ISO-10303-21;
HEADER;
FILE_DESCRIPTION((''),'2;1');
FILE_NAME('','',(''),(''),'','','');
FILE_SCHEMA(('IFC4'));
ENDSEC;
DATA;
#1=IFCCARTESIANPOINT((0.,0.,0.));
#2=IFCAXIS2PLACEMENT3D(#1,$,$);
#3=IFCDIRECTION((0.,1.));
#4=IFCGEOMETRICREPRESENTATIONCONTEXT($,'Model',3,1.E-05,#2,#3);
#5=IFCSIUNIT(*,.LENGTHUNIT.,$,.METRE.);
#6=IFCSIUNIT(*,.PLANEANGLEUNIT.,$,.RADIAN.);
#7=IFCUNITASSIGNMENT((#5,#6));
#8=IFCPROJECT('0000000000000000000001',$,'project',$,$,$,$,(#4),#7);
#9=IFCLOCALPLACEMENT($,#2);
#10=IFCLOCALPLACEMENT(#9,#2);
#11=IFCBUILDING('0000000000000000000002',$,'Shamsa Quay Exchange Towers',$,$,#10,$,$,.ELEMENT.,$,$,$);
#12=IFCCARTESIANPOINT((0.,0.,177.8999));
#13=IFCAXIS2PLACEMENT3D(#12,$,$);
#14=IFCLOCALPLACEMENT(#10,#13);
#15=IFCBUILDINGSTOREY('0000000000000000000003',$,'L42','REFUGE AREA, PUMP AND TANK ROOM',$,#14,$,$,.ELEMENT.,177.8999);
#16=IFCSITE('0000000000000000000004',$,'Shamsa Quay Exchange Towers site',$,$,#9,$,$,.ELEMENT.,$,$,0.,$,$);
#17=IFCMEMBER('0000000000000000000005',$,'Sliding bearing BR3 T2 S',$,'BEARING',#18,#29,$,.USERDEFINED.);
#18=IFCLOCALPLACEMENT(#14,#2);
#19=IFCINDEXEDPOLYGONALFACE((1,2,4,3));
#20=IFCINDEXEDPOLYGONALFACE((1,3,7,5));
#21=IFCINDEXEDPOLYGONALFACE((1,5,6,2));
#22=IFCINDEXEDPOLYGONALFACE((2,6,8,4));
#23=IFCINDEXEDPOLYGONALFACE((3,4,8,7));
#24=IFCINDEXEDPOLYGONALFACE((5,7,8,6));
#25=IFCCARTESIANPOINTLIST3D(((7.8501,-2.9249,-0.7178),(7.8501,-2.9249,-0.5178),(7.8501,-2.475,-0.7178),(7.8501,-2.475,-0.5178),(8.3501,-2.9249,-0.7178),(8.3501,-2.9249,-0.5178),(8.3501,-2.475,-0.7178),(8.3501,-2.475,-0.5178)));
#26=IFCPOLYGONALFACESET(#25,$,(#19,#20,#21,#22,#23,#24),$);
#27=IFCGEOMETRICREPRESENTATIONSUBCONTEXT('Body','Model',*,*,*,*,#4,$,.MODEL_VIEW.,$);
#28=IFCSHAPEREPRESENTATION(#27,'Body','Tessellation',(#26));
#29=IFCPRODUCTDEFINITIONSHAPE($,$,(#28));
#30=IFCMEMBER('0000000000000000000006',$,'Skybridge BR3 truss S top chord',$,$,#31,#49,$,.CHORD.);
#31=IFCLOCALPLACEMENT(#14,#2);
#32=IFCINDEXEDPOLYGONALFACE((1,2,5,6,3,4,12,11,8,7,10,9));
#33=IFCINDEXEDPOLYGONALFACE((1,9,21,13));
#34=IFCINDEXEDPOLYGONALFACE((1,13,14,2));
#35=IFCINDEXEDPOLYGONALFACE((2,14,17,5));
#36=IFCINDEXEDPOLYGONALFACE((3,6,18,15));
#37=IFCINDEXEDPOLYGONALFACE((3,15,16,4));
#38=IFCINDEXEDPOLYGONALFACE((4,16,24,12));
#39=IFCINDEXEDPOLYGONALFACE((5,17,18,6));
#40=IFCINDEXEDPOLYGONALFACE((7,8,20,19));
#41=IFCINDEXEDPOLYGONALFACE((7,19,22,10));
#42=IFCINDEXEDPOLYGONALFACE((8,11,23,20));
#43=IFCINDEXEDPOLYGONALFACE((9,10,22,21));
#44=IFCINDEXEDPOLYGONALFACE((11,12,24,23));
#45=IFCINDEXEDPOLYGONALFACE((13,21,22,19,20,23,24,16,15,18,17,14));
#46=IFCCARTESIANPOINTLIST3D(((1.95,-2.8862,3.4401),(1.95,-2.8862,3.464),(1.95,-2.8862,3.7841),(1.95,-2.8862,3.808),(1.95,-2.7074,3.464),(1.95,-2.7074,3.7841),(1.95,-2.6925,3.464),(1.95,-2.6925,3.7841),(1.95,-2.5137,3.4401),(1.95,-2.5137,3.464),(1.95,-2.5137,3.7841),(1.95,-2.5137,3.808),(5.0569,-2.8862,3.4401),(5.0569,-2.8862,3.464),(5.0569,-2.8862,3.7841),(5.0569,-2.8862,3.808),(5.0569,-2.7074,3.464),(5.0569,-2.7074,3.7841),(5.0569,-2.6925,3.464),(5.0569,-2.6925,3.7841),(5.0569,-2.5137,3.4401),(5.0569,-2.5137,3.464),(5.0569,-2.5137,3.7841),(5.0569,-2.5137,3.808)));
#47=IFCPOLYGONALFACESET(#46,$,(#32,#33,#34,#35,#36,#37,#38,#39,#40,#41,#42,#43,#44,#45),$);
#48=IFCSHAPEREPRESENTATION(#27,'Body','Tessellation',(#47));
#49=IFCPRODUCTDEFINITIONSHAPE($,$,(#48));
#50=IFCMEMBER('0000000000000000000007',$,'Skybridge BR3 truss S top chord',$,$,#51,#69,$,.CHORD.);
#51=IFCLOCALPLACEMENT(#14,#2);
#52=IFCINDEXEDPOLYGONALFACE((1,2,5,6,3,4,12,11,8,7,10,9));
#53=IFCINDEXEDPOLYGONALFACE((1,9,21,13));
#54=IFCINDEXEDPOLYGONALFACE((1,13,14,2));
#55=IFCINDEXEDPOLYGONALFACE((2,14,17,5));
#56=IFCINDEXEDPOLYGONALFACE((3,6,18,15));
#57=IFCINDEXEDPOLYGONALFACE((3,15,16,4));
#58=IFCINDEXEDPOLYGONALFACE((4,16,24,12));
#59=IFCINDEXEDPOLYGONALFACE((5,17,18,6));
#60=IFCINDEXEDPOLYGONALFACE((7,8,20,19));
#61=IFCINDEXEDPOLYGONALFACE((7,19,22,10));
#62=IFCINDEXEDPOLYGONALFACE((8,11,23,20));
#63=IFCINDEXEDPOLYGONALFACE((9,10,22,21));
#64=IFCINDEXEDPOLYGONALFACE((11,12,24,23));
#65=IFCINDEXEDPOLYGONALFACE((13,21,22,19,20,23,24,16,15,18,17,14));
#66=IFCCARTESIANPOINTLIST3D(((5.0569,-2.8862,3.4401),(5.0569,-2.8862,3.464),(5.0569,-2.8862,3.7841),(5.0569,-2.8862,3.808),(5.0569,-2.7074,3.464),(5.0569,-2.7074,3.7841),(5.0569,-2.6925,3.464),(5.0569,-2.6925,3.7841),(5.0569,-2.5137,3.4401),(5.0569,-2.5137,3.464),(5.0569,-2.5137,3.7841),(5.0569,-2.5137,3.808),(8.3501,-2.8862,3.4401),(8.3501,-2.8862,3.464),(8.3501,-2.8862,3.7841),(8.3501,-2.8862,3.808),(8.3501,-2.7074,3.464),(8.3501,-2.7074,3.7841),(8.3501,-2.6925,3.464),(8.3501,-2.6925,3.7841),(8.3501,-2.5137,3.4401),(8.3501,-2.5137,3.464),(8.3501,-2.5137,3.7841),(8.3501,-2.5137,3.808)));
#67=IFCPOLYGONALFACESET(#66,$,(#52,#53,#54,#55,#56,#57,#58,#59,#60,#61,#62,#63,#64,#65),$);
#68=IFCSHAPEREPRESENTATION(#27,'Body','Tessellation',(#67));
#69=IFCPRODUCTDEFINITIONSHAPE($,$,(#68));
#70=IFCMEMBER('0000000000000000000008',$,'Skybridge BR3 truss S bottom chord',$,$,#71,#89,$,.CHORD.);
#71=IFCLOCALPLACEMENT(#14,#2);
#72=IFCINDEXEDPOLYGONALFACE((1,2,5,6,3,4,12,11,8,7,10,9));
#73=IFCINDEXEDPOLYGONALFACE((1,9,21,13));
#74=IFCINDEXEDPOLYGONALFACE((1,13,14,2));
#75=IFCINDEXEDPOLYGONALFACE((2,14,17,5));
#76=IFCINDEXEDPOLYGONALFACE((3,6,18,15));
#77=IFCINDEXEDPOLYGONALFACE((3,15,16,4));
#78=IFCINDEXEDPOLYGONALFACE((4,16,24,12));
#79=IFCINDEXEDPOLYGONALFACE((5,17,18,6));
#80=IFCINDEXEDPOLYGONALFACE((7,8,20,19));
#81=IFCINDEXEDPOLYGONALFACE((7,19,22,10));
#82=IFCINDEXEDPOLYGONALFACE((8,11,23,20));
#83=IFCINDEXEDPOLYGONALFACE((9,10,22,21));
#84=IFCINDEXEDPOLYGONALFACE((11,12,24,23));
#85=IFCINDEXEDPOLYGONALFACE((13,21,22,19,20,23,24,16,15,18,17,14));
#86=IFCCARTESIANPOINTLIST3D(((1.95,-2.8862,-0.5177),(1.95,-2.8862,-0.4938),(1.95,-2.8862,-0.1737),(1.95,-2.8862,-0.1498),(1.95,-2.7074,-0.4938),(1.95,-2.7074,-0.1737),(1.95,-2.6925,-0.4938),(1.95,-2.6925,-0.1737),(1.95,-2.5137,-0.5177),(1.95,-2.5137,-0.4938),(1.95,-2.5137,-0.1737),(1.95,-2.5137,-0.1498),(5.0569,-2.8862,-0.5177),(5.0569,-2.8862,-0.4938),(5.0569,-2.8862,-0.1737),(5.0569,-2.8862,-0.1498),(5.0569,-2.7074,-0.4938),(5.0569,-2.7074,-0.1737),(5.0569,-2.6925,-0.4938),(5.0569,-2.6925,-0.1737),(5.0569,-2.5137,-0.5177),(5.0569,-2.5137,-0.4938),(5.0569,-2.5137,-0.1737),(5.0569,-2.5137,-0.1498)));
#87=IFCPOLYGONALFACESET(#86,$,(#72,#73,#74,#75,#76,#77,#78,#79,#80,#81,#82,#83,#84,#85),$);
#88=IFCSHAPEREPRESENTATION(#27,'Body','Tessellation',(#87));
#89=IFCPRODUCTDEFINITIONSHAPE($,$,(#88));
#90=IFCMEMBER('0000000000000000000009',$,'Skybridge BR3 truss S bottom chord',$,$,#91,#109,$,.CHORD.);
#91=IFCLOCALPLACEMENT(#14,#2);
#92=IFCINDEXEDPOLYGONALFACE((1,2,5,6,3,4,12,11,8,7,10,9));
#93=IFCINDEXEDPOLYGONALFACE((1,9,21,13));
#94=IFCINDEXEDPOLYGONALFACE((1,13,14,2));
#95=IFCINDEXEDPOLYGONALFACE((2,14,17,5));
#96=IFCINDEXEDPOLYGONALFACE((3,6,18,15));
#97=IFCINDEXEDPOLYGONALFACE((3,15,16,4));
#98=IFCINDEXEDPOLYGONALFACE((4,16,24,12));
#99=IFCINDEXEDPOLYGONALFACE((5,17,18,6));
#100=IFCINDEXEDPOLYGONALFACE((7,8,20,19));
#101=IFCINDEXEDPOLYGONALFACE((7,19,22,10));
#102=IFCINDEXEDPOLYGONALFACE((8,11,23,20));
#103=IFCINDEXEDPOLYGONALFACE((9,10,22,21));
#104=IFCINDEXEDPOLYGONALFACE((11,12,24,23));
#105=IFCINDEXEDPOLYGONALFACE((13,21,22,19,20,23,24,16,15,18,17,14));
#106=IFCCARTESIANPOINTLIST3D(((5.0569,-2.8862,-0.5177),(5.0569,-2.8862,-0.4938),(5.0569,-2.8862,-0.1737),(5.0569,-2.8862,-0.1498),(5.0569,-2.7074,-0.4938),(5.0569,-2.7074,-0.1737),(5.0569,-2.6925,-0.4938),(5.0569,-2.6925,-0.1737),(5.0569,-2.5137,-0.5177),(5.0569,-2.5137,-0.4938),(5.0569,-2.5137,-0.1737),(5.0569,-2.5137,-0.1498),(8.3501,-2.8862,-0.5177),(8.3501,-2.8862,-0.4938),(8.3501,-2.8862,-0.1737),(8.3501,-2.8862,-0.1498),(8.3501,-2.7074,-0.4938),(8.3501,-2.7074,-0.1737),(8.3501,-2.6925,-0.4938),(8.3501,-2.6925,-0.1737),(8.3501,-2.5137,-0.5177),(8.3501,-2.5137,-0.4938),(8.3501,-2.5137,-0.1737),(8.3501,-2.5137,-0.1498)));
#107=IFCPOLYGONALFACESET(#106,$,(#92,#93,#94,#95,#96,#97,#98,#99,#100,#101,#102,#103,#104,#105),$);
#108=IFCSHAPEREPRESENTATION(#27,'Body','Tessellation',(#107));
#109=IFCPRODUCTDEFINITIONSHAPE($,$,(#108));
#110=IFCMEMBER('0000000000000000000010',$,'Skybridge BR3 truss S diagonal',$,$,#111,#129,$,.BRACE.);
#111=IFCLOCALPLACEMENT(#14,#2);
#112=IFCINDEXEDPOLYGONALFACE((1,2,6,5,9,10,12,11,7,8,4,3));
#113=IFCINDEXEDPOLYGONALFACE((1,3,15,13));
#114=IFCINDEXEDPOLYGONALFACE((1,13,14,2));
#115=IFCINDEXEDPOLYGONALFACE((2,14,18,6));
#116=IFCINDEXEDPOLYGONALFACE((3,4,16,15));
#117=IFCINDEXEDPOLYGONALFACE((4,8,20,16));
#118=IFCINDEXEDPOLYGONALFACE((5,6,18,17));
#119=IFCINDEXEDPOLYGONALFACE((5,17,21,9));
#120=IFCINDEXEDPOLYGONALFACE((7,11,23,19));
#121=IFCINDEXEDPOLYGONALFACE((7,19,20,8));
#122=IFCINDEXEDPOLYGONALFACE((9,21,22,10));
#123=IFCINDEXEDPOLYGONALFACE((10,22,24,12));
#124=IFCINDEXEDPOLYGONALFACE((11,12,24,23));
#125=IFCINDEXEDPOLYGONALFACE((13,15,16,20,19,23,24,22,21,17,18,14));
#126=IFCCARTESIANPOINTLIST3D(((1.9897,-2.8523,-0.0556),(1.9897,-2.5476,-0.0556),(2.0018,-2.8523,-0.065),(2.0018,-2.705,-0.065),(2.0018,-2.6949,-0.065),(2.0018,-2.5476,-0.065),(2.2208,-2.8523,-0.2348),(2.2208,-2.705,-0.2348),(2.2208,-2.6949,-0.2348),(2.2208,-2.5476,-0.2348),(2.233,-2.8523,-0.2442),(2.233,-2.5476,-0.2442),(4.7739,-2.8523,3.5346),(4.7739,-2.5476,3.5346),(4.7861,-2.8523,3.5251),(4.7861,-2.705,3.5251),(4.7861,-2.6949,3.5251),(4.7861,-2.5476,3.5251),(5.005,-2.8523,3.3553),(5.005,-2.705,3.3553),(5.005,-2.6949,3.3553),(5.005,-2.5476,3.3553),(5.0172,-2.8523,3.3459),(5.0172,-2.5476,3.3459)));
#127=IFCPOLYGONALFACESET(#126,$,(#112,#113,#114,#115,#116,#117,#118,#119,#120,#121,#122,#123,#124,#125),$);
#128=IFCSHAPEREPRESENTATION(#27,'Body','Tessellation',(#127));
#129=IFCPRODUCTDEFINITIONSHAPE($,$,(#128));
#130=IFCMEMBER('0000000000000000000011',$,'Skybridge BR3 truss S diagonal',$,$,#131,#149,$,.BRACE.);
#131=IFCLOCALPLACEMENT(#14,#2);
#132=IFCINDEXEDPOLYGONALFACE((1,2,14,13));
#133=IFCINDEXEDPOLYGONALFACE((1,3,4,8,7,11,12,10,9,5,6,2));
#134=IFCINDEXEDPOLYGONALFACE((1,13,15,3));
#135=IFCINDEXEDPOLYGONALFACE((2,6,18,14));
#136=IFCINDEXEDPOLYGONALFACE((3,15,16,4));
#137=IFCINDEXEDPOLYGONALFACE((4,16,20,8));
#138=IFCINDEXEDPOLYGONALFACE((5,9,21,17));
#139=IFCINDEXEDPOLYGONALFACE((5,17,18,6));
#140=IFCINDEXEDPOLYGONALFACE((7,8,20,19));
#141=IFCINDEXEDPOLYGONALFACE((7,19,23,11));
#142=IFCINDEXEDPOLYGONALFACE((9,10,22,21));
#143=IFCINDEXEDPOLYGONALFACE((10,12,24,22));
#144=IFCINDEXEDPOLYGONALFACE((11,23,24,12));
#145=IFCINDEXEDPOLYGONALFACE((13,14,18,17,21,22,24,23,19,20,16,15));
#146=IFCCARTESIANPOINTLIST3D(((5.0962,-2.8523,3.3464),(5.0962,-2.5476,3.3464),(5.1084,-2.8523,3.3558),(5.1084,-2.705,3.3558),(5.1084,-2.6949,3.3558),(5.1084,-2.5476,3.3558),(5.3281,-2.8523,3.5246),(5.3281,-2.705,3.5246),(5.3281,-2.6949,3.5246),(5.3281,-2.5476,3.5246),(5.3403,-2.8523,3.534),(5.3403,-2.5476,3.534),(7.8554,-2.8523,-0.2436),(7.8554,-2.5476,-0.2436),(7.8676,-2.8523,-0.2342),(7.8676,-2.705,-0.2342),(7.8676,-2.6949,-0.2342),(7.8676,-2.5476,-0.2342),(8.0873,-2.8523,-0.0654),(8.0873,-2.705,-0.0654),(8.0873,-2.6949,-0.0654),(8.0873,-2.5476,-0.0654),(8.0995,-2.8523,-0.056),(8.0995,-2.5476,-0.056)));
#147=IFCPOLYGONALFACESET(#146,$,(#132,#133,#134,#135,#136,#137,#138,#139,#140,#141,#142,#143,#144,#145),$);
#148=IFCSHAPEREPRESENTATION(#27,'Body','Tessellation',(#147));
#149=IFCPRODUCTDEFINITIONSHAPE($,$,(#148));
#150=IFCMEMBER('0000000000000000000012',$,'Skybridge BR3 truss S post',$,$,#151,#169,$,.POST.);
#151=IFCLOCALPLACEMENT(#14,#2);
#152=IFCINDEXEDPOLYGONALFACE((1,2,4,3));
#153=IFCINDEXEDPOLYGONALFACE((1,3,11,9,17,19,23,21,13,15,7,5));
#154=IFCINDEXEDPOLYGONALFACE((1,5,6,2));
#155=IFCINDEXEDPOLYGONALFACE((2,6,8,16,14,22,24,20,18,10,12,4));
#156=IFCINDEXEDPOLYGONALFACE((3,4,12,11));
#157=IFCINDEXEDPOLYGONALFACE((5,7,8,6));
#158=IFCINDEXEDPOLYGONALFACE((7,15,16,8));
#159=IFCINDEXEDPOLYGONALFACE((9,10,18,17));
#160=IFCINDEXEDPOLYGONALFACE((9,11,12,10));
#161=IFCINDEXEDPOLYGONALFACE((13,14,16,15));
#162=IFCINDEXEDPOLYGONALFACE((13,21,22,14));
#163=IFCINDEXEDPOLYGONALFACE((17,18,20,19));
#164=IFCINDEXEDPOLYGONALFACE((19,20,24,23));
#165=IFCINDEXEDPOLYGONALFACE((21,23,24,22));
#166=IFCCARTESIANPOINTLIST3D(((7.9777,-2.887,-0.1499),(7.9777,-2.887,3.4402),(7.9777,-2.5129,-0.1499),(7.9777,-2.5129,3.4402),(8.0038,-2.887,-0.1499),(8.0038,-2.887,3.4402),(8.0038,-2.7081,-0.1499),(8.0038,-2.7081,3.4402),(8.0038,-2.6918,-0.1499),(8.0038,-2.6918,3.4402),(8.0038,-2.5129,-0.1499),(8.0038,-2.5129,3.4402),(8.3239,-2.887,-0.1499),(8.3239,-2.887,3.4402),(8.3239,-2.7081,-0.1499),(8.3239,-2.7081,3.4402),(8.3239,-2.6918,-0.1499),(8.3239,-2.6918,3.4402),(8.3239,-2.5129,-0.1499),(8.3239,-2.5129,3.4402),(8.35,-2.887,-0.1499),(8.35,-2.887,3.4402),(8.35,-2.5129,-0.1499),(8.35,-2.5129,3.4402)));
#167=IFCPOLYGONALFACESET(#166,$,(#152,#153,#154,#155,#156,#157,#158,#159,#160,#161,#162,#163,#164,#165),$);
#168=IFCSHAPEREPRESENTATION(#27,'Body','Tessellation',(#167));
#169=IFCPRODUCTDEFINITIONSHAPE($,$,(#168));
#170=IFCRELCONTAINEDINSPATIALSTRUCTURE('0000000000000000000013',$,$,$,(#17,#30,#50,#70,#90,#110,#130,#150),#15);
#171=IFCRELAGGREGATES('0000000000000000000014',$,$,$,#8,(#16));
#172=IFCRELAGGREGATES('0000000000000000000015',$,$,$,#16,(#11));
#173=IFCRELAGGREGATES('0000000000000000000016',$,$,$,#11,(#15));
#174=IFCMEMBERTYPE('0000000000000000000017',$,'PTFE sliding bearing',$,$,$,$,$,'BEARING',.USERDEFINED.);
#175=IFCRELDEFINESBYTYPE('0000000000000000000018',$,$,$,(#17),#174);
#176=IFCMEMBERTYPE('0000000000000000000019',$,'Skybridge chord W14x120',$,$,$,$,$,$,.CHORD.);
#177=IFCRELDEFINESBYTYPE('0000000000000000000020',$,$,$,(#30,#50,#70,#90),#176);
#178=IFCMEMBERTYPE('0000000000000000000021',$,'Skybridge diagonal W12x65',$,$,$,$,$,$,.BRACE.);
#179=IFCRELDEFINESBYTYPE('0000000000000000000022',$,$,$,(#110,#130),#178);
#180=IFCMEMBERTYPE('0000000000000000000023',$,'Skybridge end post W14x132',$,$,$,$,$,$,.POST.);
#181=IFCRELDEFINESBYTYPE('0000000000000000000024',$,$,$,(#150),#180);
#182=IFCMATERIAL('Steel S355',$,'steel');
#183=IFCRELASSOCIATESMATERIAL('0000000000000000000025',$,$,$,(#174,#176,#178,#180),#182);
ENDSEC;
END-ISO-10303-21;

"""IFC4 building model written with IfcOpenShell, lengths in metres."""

from ifc_helpers import new_model, si_unit, direction, frame, origin, origin_2d, place, context, subcontext, project, spatial, rectangle, i_section, extrude, material, material_profile, profile_set, type_object, element, save


model = new_model("IFC4")

# Units and contexts
model_context = context("Model", 3, precision=1e-05, world=origin(), true_north=direction((0.0, 1.0)))
body_context = subcontext(model_context, "Body", "Model", "MODEL_VIEW")
ifc_project = project(units=[si_unit("LENGTHUNIT", "METRE"), si_unit("PLANEANGLEUNIT", "RADIAN")], contexts=[model_context])

# Site, building, storey
site_placement = place(None, origin())
site = spatial("IfcSite", under=ifc_project, at=site_placement, Name="Shamsa Quay Exchange Towers site", CompositionType="ELEMENT", RefElevation=0.0)
building_placement = place(site_placement, origin())
building = spatial("IfcBuilding", under=site, at=building_placement, Name="Shamsa Quay Exchange Towers", CompositionType="ELEMENT")
storey_placement = place(building_placement, frame((0.0, 0.0, 177.8999)))
storey = spatial("IfcBuildingStorey", under=building, at=storey_placement, Name="L42", Description="REFUGE AREA, PUMP AND TANK ROOM", CompositionType="ELEMENT", Elevation=177.8999)

# Members
ifc_material_1 = material(Name="Steel S355", Category="steel")
ifc_material_profile_1 = material_profile(ifc_material_1, rectangle(XDim=0.5, YDim=0.2, at=origin_2d()), Name="500x200")
ifc_profile_set_1 = profile_set([ifc_material_profile_1], Name="Steel S355")
member_type_1 = type_object("IfcMemberType", Name="PTFE sliding bearing", ElementType="BEARING", PredefinedType="USERDEFINED", material=ifc_profile_set_1)
member_1_placement = place(storey_placement, frame((8.1001, -2.7, -0.7178)))
element("IfcMember", 1, at=member_1_placement, inside=storey, type_object=member_type_1, Name="Sliding bearing BR3 T2 S", ObjectType="BEARING", PredefinedType="USERDEFINED", context=body_context, shape_type="SweptSolid", body=[
    extrude(rectangle(XDim=0.5, YDim=0.45, at=origin_2d()), origin(), (0.0, 0.0, 1.0), 0.2),
])
ifc_material_profile_2 = material_profile(ifc_material_1, i_section(OverallWidth=0.3726, OverallDepth=0.3679, WebThickness=0.0149, FlangeThickness=0.0239, at=origin_2d()), Name="W14x120")
ifc_profile_set_2 = profile_set([ifc_material_profile_2], Name="Steel S355")
member_type_2 = type_object("IfcMemberType", Name="Skybridge chord W14x120", PredefinedType="CHORD", material=ifc_profile_set_2)
member_2_placement = place(storey_placement, frame((1.95, -2.7, 3.624), z_axis=(1.0, 0.0, 0.0), x_axis=(0.0, 1.0, 0.0)))
element("IfcMember", 2, at=member_2_placement, inside=storey, type_object=member_type_2, Name="Skybridge BR3 truss S top chord", PredefinedType="CHORD", context=body_context, shape_type="SweptSolid", body=[
    extrude(i_section(OverallWidth=0.3726, OverallDepth=0.3679, WebThickness=0.0149, FlangeThickness=0.0239, at=origin_2d()), origin(), (0.0, 0.0, 1.0), 3.1069),
])
member_3_placement = place(storey_placement, frame((5.0569, -2.7, 3.624), z_axis=(1.0, 0.0, 0.0), x_axis=(0.0, 1.0, 0.0)))
element("IfcMember", 3, at=member_3_placement, inside=storey, type_object=member_type_2, Name="Skybridge BR3 truss S top chord", PredefinedType="CHORD", context=body_context, shape_type="SweptSolid", body=[
    extrude(i_section(OverallWidth=0.3726, OverallDepth=0.3679, WebThickness=0.0149, FlangeThickness=0.0239, at=origin_2d()), origin(), (0.0, 0.0, 1.0), 3.2932),
])
member_4_placement = place(storey_placement, frame((1.95, -2.7, -0.3337), z_axis=(1.0, 0.0, 0.0), x_axis=(0.0, 1.0, 0.0)))
element("IfcMember", 4, at=member_4_placement, inside=storey, type_object=member_type_2, Name="Skybridge BR3 truss S bottom chord", PredefinedType="CHORD", context=body_context, shape_type="SweptSolid", body=[
    extrude(i_section(OverallWidth=0.3726, OverallDepth=0.3679, WebThickness=0.0149, FlangeThickness=0.0239, at=origin_2d()), origin(), (0.0, 0.0, 1.0), 3.1069),
])
member_5_placement = place(storey_placement, frame((5.0569, -2.7, -0.3337), z_axis=(1.0, 0.0, 0.0), x_axis=(0.0, 1.0, 0.0)))
element("IfcMember", 5, at=member_5_placement, inside=storey, type_object=member_type_2, Name="Skybridge BR3 truss S bottom chord", PredefinedType="CHORD", context=body_context, shape_type="SweptSolid", body=[
    extrude(i_section(OverallWidth=0.3726, OverallDepth=0.3679, WebThickness=0.0149, FlangeThickness=0.0239, at=origin_2d()), origin(), (0.0, 0.0, 1.0), 3.2932),
])
ifc_material_profile_3 = material_profile(ifc_material_1, i_section(OverallWidth=0.3047, OverallDepth=0.3079, WebThickness=0.01, FlangeThickness=0.0154, at=origin_2d()), Name="W12x65")
ifc_profile_set_3 = profile_set([ifc_material_profile_3], Name="Steel S355")
member_type_3 = type_object("IfcMemberType", Name="Skybridge diagonal W12x65", PredefinedType="BRACE", material=ifc_profile_set_3)
member_6_placement = place(storey_placement, frame((2.1113, -2.7, -0.1499), z_axis=(0.612828, 0.0, 0.790217), x_axis=(0.0, 1.0, 0.0)))
element("IfcMember", 6, at=member_6_placement, inside=storey, type_object=member_type_3, Name="Skybridge BR3 truss S diagonal", PredefinedType="BRACE", context=body_context, shape_type="SweptSolid", body=[
    extrude(i_section(OverallWidth=0.3047, OverallDepth=0.3079, WebThickness=0.01, FlangeThickness=0.0154, at=origin_2d()), origin(), (0.0, 0.0, 1.0), 4.5432),
])
member_7_placement = place(storey_placement, frame((5.2183, -2.7, 3.4402), z_axis=(0.609388, 0.0, -0.792872), x_axis=(0.0, 1.0, 0.0)))
element("IfcMember", 7, at=member_7_placement, inside=storey, type_object=member_type_3, Name="Skybridge BR3 truss S diagonal", PredefinedType="BRACE", context=body_context, shape_type="SweptSolid", body=[
    extrude(i_section(OverallWidth=0.3047, OverallDepth=0.3079, WebThickness=0.01, FlangeThickness=0.0154, at=origin_2d()), origin(), (0.0, 0.0, 1.0), 4.5278),
])
ifc_material_profile_4 = material_profile(ifc_material_1, i_section(OverallWidth=0.374, OverallDepth=0.3723, WebThickness=0.0164, FlangeThickness=0.0261, at=origin_2d()), Name="W14x132")
ifc_profile_set_4 = profile_set([ifc_material_profile_4], Name="Steel S355")
member_type_4 = type_object("IfcMemberType", Name="Skybridge end post W14x132", PredefinedType="POST", material=ifc_profile_set_4)
member_8_placement = place(storey_placement, frame((8.1638, -2.7, -0.1499), z_axis=(0.0, 0.0, 1.0), x_axis=(0.0, 1.0, 0.0)))
element("IfcMember", 8, at=member_8_placement, inside=storey, type_object=member_type_4, Name="Skybridge BR3 truss S post", PredefinedType="POST", context=body_context, shape_type="SweptSolid", body=[
    extrude(i_section(OverallWidth=0.374, OverallDepth=0.3723, WebThickness=0.0164, FlangeThickness=0.0261, at=origin_2d()), origin(), (0.0, 0.0, 1.0), 3.5901),
])

save(model, "model.ifc")
